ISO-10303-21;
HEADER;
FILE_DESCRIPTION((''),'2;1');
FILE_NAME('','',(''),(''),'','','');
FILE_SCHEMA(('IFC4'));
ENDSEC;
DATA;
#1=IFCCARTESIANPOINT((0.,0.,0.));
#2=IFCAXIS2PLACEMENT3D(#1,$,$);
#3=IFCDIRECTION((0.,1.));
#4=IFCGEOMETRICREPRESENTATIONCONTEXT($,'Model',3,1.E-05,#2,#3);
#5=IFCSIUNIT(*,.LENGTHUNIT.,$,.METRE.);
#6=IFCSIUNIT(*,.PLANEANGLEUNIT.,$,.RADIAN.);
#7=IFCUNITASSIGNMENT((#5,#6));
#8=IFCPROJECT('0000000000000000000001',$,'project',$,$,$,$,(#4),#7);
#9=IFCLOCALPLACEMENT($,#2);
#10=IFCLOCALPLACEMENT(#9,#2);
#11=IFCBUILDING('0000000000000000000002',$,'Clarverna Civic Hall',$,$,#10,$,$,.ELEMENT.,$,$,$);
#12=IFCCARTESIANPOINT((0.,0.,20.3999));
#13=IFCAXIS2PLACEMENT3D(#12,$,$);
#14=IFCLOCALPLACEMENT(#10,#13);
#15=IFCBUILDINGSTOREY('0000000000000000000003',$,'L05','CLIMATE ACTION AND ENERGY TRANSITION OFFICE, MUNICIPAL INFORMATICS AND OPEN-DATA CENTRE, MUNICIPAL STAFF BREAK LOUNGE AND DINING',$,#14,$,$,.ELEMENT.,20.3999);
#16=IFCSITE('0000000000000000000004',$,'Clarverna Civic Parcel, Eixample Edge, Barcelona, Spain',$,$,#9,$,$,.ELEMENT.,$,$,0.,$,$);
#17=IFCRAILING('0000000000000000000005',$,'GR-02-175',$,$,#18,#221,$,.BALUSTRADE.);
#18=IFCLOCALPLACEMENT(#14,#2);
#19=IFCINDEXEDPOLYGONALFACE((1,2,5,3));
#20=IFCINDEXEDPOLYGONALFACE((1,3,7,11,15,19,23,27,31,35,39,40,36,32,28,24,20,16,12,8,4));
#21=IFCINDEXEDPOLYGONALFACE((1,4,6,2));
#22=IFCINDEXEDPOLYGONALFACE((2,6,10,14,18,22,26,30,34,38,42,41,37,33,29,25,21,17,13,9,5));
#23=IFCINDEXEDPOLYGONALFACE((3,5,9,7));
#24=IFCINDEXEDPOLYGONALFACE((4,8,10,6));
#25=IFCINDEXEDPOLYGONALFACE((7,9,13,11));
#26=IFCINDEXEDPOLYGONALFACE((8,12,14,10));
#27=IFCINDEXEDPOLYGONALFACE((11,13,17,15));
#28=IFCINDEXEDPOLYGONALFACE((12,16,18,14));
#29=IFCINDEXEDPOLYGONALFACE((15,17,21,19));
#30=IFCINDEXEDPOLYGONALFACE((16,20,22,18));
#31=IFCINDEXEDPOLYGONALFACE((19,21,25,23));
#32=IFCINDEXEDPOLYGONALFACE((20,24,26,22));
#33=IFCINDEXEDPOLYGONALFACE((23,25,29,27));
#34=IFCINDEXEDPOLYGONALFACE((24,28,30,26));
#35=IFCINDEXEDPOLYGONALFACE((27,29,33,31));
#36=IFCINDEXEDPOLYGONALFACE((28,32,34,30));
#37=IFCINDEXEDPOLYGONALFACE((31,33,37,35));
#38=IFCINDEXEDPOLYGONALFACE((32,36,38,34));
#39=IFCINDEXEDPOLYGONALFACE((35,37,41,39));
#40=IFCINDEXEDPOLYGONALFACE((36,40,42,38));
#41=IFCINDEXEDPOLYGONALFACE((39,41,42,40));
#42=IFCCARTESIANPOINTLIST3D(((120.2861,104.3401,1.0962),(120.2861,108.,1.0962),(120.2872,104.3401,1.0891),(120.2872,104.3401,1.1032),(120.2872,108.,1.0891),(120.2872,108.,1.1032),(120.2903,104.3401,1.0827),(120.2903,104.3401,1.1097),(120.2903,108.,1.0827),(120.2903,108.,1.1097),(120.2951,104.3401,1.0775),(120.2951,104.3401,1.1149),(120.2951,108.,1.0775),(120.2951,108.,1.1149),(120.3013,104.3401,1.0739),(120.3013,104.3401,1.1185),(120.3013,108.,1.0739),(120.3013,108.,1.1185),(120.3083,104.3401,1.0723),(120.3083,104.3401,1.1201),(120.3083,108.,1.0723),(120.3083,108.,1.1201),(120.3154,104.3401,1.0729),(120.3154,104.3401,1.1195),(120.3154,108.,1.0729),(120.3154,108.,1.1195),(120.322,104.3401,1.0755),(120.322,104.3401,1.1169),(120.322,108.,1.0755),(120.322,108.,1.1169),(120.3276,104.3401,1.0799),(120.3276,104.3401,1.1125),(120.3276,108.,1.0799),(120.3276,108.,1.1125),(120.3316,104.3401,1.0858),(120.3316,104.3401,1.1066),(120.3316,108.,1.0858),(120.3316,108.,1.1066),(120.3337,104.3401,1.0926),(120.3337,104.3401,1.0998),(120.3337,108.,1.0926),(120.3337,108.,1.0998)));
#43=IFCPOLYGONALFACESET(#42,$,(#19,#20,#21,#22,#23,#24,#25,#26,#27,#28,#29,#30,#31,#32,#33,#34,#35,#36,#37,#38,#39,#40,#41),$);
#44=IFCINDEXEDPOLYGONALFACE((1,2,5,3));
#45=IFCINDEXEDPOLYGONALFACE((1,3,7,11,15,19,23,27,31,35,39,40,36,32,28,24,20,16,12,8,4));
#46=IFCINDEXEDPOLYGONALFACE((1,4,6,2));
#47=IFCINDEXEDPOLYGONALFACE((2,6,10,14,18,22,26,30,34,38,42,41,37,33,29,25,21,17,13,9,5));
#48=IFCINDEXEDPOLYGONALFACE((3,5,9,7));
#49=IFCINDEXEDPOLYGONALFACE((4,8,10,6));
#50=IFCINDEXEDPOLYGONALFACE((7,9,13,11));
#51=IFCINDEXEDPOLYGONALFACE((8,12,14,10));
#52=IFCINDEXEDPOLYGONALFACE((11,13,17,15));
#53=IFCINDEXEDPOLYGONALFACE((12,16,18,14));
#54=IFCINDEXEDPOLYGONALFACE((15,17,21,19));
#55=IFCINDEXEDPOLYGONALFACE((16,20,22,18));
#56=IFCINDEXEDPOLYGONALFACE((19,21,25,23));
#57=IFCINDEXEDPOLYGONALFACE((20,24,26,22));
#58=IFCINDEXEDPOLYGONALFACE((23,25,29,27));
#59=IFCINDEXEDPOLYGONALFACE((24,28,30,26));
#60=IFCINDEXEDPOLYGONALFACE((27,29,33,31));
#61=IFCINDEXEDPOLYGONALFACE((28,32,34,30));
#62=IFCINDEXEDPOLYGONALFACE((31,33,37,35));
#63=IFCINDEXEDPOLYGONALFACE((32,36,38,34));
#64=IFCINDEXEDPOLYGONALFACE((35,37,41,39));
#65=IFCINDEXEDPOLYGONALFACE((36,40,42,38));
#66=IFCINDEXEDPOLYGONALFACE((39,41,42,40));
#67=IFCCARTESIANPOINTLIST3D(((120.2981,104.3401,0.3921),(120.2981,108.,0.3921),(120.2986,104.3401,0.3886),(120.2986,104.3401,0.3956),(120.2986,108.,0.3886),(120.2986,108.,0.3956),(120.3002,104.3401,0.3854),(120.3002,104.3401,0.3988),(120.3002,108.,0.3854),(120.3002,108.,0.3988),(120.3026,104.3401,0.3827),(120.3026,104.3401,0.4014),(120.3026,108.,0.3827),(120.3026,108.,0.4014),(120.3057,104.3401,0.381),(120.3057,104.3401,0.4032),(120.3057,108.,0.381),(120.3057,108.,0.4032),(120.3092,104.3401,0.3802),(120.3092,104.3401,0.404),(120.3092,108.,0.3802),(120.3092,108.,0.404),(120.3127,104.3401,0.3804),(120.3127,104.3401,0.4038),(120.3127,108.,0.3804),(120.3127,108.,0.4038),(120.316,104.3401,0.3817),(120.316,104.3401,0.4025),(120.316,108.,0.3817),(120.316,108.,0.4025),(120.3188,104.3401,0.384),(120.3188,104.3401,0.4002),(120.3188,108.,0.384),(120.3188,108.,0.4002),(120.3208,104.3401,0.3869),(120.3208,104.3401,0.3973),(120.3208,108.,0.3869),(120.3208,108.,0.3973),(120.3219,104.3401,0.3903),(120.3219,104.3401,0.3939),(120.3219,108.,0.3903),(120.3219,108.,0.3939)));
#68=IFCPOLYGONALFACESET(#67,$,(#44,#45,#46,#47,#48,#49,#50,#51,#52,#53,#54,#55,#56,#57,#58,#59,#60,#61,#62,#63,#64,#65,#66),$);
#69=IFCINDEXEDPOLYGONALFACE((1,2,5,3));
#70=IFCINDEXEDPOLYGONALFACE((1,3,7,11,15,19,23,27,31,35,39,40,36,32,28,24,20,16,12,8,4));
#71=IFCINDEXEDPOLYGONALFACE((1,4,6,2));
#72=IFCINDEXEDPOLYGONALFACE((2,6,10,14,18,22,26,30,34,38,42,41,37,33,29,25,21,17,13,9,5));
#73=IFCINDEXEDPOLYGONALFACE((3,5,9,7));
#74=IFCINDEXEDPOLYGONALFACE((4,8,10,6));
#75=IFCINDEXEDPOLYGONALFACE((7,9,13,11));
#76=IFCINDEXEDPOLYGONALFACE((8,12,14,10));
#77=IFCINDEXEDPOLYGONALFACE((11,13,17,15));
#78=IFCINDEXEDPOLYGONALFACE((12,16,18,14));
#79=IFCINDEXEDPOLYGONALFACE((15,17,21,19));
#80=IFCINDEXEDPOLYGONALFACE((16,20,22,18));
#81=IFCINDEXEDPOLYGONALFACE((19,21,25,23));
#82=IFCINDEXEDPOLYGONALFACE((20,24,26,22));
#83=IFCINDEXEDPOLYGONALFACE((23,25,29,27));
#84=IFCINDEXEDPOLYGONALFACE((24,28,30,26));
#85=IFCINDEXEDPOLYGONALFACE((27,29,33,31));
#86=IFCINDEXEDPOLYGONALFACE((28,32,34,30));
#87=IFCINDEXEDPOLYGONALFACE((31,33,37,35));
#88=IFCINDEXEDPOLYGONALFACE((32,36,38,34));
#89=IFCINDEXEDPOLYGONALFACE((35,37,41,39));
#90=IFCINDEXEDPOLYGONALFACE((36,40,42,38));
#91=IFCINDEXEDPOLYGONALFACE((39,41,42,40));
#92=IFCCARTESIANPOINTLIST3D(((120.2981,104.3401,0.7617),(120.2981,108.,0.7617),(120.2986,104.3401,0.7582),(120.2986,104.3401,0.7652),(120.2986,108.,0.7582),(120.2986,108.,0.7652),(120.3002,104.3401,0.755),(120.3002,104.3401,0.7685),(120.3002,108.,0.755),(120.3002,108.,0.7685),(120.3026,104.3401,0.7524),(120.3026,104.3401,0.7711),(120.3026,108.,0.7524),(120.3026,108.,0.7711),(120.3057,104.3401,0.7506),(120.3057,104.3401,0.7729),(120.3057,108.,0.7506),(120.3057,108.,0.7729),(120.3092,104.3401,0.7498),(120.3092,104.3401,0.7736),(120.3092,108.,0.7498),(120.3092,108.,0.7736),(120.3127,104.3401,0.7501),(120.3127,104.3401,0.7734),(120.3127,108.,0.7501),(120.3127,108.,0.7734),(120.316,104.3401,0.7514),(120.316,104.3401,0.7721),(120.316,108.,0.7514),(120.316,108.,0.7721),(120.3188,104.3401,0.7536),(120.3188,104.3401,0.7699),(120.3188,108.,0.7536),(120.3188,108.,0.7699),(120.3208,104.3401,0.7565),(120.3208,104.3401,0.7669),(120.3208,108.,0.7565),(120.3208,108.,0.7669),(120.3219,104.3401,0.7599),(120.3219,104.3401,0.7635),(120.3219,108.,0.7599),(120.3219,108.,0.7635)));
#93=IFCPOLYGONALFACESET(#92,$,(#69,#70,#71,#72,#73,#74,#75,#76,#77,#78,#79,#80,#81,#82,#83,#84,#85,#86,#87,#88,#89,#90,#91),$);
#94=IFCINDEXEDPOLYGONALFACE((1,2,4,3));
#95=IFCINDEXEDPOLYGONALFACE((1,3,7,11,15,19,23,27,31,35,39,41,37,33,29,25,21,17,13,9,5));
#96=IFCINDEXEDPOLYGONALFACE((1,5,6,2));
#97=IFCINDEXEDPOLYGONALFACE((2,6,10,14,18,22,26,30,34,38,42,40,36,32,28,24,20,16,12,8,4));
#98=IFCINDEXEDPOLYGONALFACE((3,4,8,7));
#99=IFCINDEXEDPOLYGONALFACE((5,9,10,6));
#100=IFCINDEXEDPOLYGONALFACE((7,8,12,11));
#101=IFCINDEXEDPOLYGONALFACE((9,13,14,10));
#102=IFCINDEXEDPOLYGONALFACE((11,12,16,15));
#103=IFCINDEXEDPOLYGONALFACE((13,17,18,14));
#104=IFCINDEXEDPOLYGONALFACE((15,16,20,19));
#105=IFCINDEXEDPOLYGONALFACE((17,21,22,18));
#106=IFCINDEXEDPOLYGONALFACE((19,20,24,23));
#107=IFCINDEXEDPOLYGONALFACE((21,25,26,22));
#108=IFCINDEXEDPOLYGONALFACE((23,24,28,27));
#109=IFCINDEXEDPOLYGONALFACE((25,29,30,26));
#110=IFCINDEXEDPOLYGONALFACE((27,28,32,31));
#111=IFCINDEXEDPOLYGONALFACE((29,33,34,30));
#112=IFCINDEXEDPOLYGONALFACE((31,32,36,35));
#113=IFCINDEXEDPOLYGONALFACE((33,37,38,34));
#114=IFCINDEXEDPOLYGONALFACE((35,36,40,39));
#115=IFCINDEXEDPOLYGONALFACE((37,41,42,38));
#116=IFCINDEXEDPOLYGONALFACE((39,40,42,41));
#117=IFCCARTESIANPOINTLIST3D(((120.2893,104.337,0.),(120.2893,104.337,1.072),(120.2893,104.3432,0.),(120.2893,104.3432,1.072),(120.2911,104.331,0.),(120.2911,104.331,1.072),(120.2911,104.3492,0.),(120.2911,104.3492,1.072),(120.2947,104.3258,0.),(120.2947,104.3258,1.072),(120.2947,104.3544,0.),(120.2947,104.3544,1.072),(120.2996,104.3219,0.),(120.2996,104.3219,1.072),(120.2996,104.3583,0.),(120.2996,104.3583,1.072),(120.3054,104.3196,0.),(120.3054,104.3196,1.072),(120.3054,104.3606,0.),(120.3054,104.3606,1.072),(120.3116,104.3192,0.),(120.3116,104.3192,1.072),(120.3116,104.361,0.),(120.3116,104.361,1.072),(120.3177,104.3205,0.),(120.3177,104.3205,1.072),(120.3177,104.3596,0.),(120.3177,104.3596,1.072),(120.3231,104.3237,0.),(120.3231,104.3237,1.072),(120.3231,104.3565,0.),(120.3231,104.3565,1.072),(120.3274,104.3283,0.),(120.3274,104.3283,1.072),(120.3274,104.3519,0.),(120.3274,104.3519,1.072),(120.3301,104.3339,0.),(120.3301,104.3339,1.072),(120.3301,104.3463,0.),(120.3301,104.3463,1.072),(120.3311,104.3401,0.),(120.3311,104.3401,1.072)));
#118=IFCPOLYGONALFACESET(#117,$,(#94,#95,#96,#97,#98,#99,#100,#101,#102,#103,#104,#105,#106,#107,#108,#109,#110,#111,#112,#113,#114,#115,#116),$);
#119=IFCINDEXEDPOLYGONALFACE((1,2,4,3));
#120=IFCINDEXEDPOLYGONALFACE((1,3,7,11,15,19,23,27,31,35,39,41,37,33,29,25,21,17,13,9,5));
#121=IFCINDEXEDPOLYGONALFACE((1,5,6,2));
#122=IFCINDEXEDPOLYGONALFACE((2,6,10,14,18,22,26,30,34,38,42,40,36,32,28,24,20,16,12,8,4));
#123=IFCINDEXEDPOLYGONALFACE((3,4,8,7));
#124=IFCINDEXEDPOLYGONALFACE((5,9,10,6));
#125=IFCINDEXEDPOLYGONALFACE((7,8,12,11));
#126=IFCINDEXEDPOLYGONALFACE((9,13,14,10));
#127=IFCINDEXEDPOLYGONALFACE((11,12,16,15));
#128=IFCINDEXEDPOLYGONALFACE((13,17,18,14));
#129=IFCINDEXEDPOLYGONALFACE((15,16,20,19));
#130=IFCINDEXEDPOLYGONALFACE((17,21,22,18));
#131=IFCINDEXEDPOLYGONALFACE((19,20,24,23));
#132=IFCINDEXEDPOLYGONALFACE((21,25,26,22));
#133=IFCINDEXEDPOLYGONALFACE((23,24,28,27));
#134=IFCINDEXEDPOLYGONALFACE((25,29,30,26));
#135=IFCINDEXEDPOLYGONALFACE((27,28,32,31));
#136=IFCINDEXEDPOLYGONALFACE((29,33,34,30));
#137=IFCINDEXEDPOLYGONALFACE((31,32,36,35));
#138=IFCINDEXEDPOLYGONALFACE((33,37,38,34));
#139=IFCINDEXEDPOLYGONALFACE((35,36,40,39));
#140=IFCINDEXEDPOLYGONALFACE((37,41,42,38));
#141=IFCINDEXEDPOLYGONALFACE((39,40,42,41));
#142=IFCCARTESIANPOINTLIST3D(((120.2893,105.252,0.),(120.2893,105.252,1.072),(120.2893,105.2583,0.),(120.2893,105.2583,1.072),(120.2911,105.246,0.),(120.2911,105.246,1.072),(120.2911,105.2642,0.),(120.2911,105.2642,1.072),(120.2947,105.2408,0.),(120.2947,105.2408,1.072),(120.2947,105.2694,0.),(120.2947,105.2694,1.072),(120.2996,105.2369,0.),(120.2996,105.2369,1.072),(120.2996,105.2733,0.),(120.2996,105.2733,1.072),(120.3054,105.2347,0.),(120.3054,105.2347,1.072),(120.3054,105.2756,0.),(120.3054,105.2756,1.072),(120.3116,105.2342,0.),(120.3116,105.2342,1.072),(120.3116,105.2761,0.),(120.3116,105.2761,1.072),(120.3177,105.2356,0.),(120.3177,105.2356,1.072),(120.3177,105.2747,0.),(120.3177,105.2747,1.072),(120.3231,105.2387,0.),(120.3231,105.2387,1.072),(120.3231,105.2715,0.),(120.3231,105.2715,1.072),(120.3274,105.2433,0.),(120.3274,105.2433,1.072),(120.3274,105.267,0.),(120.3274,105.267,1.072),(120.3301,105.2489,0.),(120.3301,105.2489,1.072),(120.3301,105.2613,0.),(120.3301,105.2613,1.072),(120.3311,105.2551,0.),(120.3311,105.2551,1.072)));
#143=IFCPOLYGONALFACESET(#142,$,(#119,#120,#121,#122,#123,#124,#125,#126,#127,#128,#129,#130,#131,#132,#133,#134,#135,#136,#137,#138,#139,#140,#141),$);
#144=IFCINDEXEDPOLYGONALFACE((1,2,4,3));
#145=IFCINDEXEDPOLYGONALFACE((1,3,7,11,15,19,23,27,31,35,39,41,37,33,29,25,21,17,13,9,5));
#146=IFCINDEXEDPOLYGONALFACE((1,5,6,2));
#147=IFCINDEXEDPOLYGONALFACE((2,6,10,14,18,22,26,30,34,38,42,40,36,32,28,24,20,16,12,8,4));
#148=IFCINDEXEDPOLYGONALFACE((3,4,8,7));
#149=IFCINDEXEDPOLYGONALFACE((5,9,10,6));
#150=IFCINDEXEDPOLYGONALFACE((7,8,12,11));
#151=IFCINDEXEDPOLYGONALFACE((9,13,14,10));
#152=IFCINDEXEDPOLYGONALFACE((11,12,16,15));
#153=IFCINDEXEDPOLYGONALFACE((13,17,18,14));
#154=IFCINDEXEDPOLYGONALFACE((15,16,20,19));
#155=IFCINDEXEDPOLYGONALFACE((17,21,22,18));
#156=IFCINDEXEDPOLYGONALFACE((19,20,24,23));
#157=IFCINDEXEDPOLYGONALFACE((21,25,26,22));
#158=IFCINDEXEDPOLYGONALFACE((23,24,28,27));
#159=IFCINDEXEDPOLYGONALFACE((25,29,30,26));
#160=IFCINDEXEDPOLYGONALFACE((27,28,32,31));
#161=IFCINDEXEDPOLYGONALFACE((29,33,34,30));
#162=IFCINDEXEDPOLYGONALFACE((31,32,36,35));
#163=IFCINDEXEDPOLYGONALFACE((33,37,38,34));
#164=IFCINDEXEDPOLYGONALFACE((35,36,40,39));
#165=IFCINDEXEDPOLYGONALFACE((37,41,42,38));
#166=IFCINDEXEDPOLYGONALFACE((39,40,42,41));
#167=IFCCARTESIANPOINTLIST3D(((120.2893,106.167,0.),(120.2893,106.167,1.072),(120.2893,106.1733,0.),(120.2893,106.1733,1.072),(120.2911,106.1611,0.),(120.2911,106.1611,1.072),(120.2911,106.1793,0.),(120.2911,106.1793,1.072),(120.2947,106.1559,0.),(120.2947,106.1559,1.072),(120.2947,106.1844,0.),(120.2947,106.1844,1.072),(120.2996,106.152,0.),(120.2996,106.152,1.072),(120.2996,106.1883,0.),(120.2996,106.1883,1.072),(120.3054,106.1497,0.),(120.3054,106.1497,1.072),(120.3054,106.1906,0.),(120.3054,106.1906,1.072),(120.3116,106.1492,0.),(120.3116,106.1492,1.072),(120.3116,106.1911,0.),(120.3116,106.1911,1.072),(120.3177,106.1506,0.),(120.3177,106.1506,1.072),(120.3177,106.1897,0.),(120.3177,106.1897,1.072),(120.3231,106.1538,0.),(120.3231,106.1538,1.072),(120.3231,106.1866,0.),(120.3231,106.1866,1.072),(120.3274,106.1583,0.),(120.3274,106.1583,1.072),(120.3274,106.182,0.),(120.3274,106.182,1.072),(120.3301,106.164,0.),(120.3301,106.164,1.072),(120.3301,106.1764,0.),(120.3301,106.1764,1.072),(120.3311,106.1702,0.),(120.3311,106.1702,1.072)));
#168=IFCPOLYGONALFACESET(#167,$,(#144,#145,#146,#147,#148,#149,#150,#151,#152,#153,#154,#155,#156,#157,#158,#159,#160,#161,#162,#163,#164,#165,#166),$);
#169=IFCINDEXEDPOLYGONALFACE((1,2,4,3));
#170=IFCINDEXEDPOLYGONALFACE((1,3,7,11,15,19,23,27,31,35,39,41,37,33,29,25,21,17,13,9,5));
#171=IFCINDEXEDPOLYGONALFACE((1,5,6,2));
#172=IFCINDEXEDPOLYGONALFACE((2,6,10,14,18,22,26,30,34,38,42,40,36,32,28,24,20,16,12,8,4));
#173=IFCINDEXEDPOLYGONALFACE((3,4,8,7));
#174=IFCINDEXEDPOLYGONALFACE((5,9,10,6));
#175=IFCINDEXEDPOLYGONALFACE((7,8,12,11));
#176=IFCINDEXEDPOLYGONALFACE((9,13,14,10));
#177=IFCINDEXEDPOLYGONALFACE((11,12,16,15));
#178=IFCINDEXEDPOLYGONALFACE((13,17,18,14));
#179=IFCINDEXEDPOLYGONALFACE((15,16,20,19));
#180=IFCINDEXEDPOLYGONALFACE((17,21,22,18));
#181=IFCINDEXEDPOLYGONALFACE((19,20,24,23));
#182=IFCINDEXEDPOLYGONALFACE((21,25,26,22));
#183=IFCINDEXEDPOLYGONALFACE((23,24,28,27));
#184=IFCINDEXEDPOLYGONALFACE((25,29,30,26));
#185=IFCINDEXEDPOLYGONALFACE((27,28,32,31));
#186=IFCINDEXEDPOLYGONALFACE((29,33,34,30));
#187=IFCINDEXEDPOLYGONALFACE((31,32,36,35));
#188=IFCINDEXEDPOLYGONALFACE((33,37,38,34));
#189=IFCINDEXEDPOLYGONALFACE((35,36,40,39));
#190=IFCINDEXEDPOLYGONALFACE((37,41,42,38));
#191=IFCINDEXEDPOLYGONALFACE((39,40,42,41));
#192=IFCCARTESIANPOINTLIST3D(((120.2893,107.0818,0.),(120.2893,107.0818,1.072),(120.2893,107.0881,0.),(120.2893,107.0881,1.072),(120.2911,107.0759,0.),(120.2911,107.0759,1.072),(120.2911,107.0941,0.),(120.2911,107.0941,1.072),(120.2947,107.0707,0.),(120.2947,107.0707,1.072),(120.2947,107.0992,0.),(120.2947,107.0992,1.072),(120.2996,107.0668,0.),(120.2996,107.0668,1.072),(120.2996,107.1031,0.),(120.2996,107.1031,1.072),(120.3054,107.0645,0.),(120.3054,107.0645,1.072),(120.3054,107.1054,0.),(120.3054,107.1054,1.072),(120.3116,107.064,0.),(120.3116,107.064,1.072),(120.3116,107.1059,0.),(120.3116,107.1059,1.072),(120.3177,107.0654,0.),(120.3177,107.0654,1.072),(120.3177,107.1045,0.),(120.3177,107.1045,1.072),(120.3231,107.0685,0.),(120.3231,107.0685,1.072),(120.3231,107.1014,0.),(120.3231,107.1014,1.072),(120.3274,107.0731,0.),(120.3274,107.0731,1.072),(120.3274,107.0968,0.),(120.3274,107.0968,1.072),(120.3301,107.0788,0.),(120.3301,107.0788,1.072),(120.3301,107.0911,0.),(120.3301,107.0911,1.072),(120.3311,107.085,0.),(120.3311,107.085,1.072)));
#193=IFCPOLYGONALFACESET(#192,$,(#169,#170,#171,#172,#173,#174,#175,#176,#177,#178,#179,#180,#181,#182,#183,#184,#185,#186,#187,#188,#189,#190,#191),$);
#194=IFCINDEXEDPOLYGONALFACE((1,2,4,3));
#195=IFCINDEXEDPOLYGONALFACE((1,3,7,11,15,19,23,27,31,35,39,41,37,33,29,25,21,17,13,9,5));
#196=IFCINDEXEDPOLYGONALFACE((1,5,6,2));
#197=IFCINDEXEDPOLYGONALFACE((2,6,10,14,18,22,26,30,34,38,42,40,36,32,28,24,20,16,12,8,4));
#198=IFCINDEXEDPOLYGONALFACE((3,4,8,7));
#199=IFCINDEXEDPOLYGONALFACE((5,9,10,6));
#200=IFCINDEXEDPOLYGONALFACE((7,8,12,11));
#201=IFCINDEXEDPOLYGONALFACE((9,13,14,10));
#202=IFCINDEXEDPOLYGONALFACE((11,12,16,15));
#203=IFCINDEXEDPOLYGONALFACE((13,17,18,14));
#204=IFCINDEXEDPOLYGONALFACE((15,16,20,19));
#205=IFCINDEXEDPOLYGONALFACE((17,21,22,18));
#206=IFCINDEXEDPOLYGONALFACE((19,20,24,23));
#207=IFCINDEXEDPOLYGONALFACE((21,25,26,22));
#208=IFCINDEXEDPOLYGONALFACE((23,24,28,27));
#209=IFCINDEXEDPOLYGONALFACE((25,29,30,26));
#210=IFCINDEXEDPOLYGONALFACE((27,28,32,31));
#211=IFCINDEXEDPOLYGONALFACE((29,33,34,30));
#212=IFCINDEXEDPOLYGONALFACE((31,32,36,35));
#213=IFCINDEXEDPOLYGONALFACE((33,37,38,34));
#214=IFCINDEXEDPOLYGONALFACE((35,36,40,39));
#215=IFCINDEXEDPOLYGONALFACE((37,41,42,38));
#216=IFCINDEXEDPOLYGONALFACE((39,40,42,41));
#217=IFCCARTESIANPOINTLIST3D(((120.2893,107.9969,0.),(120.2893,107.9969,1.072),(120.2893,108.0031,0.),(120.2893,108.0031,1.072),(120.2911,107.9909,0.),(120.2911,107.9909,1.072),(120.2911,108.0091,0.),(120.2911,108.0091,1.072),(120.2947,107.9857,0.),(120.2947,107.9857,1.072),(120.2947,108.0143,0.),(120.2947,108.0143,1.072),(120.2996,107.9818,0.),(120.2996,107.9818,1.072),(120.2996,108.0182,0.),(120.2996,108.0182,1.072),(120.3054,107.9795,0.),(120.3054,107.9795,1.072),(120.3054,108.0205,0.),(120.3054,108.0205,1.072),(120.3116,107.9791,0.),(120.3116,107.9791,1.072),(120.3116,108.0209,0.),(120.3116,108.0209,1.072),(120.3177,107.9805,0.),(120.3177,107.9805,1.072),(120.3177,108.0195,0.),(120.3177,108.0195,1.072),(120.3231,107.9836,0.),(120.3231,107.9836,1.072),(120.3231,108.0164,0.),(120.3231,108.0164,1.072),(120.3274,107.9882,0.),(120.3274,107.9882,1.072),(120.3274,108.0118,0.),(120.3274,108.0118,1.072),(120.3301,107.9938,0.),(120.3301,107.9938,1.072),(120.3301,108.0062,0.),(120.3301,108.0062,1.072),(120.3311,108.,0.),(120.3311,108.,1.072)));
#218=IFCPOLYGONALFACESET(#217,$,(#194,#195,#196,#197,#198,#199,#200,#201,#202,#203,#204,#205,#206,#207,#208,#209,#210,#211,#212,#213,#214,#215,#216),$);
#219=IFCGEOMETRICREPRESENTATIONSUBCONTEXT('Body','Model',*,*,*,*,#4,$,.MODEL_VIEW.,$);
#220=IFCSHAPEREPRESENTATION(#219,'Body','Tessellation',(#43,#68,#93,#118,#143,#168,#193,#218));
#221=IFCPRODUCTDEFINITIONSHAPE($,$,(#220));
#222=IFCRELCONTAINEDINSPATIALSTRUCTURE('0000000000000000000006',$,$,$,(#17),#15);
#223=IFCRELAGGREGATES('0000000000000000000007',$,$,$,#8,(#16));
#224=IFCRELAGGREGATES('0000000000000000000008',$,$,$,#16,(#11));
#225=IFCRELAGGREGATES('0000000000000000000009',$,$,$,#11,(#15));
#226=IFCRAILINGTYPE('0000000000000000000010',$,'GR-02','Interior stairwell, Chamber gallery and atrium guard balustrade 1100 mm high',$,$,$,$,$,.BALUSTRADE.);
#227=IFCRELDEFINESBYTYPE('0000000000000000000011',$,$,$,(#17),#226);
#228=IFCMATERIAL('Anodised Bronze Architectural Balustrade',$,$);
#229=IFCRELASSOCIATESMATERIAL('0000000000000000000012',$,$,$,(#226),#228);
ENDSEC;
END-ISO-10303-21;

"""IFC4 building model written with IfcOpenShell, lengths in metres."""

from ifc_helpers import new_model, si_unit, direction, frame, origin, origin_2d, place, context, subcontext, project, spatial, circle, extrude, material, type_object, element, save


model = new_model("IFC4")

# Units and contexts
model_context = context("Model", 3, precision=1e-05, world=origin(), true_north=direction((0.0, 1.0)))
body_context = subcontext(model_context, "Body", "Model", "MODEL_VIEW")
ifc_project = project(units=[si_unit("LENGTHUNIT", "METRE"), si_unit("PLANEANGLEUNIT", "RADIAN")], contexts=[model_context])

# Site, building, storey
site_placement = place(None, origin())
site = spatial("IfcSite", under=ifc_project, at=site_placement, Name="Clarverna Civic Parcel, Eixample Edge, Barcelona, Spain", CompositionType="ELEMENT", RefElevation=0.0)
building_placement = place(site_placement, origin())
building = spatial("IfcBuilding", under=site, at=building_placement, Name="Clarverna Civic Hall", CompositionType="ELEMENT")
storey_placement = place(building_placement, frame((0.0, 0.0, 20.3999)))
storey = spatial("IfcBuildingStorey", under=building, at=storey_placement, Name="L05", Description="CLIMATE ACTION AND ENERGY TRANSITION OFFICE, MUNICIPAL INFORMATICS AND OPEN-DATA CENTRE, MUNICIPAL STAFF BREAK LOUNGE AND DINING", CompositionType="ELEMENT", Elevation=20.3999)

# Railing
ifc_material_1 = material(Name="Anodised Bronze Architectural Balustrade")
railing_type = type_object("IfcRailingType", Name="GR-02", Description="Interior stairwell, Chamber gallery and atrium guard balustrade 1100 mm high", PredefinedType="BALUSTRADE", material=ifc_material_1)
railing_placement = place(storey_placement, frame((120.3101, 104.3401, 0.0)))
element("IfcRailing", 1, at=railing_placement, inside=storey, type_object=railing_type, Name="GR-02-175", PredefinedType="BALUSTRADE", context=body_context, shape_type="SweptSolid", body=[
    extrude(circle(Radius=0.0239, at=origin_2d()), frame((0.0, 0.0, 1.0962), z_axis=(0.0, 1.0, 0.0), x_axis=(-1.0, 0.0, 0.0)), (0.0, 0.0, 1.0), 3.6599),
    extrude(circle(Radius=0.012, at=origin_2d()), frame((0.0, 0.0, 0.3921), z_axis=(0.0, 1.0, 0.0), x_axis=(-1.0, 0.0, 0.0)), (0.0, 0.0, 1.0), 3.6599),
    extrude(circle(Radius=0.012, at=origin_2d()), frame((0.0, 0.0, 0.7617), z_axis=(0.0, 1.0, 0.0), x_axis=(-1.0, 0.0, 0.0)), (0.0, 0.0, 1.0), 3.6599),
    extrude(circle(Radius=0.021, at=origin_2d()), origin(), (0.0, 0.0, 1.0), 1.072),
    extrude(circle(Radius=0.021, at=origin_2d()), frame((0.0, 0.915, 0.0)), (0.0, 0.0, 1.0), 1.072),
    extrude(circle(Radius=0.021, at=origin_2d()), frame((0.0, 1.8301, 0.0)), (0.0, 0.0, 1.0), 1.072),
    extrude(circle(Radius=0.021, at=origin_2d()), frame((0.0, 2.7449, 0.0)), (0.0, 0.0, 1.0), 1.072),
    extrude(circle(Radius=0.021, at=origin_2d()), frame((0.0, 3.6599, 0.0)), (0.0, 0.0, 1.0), 1.072),
])

save(model, "model.ifc")
